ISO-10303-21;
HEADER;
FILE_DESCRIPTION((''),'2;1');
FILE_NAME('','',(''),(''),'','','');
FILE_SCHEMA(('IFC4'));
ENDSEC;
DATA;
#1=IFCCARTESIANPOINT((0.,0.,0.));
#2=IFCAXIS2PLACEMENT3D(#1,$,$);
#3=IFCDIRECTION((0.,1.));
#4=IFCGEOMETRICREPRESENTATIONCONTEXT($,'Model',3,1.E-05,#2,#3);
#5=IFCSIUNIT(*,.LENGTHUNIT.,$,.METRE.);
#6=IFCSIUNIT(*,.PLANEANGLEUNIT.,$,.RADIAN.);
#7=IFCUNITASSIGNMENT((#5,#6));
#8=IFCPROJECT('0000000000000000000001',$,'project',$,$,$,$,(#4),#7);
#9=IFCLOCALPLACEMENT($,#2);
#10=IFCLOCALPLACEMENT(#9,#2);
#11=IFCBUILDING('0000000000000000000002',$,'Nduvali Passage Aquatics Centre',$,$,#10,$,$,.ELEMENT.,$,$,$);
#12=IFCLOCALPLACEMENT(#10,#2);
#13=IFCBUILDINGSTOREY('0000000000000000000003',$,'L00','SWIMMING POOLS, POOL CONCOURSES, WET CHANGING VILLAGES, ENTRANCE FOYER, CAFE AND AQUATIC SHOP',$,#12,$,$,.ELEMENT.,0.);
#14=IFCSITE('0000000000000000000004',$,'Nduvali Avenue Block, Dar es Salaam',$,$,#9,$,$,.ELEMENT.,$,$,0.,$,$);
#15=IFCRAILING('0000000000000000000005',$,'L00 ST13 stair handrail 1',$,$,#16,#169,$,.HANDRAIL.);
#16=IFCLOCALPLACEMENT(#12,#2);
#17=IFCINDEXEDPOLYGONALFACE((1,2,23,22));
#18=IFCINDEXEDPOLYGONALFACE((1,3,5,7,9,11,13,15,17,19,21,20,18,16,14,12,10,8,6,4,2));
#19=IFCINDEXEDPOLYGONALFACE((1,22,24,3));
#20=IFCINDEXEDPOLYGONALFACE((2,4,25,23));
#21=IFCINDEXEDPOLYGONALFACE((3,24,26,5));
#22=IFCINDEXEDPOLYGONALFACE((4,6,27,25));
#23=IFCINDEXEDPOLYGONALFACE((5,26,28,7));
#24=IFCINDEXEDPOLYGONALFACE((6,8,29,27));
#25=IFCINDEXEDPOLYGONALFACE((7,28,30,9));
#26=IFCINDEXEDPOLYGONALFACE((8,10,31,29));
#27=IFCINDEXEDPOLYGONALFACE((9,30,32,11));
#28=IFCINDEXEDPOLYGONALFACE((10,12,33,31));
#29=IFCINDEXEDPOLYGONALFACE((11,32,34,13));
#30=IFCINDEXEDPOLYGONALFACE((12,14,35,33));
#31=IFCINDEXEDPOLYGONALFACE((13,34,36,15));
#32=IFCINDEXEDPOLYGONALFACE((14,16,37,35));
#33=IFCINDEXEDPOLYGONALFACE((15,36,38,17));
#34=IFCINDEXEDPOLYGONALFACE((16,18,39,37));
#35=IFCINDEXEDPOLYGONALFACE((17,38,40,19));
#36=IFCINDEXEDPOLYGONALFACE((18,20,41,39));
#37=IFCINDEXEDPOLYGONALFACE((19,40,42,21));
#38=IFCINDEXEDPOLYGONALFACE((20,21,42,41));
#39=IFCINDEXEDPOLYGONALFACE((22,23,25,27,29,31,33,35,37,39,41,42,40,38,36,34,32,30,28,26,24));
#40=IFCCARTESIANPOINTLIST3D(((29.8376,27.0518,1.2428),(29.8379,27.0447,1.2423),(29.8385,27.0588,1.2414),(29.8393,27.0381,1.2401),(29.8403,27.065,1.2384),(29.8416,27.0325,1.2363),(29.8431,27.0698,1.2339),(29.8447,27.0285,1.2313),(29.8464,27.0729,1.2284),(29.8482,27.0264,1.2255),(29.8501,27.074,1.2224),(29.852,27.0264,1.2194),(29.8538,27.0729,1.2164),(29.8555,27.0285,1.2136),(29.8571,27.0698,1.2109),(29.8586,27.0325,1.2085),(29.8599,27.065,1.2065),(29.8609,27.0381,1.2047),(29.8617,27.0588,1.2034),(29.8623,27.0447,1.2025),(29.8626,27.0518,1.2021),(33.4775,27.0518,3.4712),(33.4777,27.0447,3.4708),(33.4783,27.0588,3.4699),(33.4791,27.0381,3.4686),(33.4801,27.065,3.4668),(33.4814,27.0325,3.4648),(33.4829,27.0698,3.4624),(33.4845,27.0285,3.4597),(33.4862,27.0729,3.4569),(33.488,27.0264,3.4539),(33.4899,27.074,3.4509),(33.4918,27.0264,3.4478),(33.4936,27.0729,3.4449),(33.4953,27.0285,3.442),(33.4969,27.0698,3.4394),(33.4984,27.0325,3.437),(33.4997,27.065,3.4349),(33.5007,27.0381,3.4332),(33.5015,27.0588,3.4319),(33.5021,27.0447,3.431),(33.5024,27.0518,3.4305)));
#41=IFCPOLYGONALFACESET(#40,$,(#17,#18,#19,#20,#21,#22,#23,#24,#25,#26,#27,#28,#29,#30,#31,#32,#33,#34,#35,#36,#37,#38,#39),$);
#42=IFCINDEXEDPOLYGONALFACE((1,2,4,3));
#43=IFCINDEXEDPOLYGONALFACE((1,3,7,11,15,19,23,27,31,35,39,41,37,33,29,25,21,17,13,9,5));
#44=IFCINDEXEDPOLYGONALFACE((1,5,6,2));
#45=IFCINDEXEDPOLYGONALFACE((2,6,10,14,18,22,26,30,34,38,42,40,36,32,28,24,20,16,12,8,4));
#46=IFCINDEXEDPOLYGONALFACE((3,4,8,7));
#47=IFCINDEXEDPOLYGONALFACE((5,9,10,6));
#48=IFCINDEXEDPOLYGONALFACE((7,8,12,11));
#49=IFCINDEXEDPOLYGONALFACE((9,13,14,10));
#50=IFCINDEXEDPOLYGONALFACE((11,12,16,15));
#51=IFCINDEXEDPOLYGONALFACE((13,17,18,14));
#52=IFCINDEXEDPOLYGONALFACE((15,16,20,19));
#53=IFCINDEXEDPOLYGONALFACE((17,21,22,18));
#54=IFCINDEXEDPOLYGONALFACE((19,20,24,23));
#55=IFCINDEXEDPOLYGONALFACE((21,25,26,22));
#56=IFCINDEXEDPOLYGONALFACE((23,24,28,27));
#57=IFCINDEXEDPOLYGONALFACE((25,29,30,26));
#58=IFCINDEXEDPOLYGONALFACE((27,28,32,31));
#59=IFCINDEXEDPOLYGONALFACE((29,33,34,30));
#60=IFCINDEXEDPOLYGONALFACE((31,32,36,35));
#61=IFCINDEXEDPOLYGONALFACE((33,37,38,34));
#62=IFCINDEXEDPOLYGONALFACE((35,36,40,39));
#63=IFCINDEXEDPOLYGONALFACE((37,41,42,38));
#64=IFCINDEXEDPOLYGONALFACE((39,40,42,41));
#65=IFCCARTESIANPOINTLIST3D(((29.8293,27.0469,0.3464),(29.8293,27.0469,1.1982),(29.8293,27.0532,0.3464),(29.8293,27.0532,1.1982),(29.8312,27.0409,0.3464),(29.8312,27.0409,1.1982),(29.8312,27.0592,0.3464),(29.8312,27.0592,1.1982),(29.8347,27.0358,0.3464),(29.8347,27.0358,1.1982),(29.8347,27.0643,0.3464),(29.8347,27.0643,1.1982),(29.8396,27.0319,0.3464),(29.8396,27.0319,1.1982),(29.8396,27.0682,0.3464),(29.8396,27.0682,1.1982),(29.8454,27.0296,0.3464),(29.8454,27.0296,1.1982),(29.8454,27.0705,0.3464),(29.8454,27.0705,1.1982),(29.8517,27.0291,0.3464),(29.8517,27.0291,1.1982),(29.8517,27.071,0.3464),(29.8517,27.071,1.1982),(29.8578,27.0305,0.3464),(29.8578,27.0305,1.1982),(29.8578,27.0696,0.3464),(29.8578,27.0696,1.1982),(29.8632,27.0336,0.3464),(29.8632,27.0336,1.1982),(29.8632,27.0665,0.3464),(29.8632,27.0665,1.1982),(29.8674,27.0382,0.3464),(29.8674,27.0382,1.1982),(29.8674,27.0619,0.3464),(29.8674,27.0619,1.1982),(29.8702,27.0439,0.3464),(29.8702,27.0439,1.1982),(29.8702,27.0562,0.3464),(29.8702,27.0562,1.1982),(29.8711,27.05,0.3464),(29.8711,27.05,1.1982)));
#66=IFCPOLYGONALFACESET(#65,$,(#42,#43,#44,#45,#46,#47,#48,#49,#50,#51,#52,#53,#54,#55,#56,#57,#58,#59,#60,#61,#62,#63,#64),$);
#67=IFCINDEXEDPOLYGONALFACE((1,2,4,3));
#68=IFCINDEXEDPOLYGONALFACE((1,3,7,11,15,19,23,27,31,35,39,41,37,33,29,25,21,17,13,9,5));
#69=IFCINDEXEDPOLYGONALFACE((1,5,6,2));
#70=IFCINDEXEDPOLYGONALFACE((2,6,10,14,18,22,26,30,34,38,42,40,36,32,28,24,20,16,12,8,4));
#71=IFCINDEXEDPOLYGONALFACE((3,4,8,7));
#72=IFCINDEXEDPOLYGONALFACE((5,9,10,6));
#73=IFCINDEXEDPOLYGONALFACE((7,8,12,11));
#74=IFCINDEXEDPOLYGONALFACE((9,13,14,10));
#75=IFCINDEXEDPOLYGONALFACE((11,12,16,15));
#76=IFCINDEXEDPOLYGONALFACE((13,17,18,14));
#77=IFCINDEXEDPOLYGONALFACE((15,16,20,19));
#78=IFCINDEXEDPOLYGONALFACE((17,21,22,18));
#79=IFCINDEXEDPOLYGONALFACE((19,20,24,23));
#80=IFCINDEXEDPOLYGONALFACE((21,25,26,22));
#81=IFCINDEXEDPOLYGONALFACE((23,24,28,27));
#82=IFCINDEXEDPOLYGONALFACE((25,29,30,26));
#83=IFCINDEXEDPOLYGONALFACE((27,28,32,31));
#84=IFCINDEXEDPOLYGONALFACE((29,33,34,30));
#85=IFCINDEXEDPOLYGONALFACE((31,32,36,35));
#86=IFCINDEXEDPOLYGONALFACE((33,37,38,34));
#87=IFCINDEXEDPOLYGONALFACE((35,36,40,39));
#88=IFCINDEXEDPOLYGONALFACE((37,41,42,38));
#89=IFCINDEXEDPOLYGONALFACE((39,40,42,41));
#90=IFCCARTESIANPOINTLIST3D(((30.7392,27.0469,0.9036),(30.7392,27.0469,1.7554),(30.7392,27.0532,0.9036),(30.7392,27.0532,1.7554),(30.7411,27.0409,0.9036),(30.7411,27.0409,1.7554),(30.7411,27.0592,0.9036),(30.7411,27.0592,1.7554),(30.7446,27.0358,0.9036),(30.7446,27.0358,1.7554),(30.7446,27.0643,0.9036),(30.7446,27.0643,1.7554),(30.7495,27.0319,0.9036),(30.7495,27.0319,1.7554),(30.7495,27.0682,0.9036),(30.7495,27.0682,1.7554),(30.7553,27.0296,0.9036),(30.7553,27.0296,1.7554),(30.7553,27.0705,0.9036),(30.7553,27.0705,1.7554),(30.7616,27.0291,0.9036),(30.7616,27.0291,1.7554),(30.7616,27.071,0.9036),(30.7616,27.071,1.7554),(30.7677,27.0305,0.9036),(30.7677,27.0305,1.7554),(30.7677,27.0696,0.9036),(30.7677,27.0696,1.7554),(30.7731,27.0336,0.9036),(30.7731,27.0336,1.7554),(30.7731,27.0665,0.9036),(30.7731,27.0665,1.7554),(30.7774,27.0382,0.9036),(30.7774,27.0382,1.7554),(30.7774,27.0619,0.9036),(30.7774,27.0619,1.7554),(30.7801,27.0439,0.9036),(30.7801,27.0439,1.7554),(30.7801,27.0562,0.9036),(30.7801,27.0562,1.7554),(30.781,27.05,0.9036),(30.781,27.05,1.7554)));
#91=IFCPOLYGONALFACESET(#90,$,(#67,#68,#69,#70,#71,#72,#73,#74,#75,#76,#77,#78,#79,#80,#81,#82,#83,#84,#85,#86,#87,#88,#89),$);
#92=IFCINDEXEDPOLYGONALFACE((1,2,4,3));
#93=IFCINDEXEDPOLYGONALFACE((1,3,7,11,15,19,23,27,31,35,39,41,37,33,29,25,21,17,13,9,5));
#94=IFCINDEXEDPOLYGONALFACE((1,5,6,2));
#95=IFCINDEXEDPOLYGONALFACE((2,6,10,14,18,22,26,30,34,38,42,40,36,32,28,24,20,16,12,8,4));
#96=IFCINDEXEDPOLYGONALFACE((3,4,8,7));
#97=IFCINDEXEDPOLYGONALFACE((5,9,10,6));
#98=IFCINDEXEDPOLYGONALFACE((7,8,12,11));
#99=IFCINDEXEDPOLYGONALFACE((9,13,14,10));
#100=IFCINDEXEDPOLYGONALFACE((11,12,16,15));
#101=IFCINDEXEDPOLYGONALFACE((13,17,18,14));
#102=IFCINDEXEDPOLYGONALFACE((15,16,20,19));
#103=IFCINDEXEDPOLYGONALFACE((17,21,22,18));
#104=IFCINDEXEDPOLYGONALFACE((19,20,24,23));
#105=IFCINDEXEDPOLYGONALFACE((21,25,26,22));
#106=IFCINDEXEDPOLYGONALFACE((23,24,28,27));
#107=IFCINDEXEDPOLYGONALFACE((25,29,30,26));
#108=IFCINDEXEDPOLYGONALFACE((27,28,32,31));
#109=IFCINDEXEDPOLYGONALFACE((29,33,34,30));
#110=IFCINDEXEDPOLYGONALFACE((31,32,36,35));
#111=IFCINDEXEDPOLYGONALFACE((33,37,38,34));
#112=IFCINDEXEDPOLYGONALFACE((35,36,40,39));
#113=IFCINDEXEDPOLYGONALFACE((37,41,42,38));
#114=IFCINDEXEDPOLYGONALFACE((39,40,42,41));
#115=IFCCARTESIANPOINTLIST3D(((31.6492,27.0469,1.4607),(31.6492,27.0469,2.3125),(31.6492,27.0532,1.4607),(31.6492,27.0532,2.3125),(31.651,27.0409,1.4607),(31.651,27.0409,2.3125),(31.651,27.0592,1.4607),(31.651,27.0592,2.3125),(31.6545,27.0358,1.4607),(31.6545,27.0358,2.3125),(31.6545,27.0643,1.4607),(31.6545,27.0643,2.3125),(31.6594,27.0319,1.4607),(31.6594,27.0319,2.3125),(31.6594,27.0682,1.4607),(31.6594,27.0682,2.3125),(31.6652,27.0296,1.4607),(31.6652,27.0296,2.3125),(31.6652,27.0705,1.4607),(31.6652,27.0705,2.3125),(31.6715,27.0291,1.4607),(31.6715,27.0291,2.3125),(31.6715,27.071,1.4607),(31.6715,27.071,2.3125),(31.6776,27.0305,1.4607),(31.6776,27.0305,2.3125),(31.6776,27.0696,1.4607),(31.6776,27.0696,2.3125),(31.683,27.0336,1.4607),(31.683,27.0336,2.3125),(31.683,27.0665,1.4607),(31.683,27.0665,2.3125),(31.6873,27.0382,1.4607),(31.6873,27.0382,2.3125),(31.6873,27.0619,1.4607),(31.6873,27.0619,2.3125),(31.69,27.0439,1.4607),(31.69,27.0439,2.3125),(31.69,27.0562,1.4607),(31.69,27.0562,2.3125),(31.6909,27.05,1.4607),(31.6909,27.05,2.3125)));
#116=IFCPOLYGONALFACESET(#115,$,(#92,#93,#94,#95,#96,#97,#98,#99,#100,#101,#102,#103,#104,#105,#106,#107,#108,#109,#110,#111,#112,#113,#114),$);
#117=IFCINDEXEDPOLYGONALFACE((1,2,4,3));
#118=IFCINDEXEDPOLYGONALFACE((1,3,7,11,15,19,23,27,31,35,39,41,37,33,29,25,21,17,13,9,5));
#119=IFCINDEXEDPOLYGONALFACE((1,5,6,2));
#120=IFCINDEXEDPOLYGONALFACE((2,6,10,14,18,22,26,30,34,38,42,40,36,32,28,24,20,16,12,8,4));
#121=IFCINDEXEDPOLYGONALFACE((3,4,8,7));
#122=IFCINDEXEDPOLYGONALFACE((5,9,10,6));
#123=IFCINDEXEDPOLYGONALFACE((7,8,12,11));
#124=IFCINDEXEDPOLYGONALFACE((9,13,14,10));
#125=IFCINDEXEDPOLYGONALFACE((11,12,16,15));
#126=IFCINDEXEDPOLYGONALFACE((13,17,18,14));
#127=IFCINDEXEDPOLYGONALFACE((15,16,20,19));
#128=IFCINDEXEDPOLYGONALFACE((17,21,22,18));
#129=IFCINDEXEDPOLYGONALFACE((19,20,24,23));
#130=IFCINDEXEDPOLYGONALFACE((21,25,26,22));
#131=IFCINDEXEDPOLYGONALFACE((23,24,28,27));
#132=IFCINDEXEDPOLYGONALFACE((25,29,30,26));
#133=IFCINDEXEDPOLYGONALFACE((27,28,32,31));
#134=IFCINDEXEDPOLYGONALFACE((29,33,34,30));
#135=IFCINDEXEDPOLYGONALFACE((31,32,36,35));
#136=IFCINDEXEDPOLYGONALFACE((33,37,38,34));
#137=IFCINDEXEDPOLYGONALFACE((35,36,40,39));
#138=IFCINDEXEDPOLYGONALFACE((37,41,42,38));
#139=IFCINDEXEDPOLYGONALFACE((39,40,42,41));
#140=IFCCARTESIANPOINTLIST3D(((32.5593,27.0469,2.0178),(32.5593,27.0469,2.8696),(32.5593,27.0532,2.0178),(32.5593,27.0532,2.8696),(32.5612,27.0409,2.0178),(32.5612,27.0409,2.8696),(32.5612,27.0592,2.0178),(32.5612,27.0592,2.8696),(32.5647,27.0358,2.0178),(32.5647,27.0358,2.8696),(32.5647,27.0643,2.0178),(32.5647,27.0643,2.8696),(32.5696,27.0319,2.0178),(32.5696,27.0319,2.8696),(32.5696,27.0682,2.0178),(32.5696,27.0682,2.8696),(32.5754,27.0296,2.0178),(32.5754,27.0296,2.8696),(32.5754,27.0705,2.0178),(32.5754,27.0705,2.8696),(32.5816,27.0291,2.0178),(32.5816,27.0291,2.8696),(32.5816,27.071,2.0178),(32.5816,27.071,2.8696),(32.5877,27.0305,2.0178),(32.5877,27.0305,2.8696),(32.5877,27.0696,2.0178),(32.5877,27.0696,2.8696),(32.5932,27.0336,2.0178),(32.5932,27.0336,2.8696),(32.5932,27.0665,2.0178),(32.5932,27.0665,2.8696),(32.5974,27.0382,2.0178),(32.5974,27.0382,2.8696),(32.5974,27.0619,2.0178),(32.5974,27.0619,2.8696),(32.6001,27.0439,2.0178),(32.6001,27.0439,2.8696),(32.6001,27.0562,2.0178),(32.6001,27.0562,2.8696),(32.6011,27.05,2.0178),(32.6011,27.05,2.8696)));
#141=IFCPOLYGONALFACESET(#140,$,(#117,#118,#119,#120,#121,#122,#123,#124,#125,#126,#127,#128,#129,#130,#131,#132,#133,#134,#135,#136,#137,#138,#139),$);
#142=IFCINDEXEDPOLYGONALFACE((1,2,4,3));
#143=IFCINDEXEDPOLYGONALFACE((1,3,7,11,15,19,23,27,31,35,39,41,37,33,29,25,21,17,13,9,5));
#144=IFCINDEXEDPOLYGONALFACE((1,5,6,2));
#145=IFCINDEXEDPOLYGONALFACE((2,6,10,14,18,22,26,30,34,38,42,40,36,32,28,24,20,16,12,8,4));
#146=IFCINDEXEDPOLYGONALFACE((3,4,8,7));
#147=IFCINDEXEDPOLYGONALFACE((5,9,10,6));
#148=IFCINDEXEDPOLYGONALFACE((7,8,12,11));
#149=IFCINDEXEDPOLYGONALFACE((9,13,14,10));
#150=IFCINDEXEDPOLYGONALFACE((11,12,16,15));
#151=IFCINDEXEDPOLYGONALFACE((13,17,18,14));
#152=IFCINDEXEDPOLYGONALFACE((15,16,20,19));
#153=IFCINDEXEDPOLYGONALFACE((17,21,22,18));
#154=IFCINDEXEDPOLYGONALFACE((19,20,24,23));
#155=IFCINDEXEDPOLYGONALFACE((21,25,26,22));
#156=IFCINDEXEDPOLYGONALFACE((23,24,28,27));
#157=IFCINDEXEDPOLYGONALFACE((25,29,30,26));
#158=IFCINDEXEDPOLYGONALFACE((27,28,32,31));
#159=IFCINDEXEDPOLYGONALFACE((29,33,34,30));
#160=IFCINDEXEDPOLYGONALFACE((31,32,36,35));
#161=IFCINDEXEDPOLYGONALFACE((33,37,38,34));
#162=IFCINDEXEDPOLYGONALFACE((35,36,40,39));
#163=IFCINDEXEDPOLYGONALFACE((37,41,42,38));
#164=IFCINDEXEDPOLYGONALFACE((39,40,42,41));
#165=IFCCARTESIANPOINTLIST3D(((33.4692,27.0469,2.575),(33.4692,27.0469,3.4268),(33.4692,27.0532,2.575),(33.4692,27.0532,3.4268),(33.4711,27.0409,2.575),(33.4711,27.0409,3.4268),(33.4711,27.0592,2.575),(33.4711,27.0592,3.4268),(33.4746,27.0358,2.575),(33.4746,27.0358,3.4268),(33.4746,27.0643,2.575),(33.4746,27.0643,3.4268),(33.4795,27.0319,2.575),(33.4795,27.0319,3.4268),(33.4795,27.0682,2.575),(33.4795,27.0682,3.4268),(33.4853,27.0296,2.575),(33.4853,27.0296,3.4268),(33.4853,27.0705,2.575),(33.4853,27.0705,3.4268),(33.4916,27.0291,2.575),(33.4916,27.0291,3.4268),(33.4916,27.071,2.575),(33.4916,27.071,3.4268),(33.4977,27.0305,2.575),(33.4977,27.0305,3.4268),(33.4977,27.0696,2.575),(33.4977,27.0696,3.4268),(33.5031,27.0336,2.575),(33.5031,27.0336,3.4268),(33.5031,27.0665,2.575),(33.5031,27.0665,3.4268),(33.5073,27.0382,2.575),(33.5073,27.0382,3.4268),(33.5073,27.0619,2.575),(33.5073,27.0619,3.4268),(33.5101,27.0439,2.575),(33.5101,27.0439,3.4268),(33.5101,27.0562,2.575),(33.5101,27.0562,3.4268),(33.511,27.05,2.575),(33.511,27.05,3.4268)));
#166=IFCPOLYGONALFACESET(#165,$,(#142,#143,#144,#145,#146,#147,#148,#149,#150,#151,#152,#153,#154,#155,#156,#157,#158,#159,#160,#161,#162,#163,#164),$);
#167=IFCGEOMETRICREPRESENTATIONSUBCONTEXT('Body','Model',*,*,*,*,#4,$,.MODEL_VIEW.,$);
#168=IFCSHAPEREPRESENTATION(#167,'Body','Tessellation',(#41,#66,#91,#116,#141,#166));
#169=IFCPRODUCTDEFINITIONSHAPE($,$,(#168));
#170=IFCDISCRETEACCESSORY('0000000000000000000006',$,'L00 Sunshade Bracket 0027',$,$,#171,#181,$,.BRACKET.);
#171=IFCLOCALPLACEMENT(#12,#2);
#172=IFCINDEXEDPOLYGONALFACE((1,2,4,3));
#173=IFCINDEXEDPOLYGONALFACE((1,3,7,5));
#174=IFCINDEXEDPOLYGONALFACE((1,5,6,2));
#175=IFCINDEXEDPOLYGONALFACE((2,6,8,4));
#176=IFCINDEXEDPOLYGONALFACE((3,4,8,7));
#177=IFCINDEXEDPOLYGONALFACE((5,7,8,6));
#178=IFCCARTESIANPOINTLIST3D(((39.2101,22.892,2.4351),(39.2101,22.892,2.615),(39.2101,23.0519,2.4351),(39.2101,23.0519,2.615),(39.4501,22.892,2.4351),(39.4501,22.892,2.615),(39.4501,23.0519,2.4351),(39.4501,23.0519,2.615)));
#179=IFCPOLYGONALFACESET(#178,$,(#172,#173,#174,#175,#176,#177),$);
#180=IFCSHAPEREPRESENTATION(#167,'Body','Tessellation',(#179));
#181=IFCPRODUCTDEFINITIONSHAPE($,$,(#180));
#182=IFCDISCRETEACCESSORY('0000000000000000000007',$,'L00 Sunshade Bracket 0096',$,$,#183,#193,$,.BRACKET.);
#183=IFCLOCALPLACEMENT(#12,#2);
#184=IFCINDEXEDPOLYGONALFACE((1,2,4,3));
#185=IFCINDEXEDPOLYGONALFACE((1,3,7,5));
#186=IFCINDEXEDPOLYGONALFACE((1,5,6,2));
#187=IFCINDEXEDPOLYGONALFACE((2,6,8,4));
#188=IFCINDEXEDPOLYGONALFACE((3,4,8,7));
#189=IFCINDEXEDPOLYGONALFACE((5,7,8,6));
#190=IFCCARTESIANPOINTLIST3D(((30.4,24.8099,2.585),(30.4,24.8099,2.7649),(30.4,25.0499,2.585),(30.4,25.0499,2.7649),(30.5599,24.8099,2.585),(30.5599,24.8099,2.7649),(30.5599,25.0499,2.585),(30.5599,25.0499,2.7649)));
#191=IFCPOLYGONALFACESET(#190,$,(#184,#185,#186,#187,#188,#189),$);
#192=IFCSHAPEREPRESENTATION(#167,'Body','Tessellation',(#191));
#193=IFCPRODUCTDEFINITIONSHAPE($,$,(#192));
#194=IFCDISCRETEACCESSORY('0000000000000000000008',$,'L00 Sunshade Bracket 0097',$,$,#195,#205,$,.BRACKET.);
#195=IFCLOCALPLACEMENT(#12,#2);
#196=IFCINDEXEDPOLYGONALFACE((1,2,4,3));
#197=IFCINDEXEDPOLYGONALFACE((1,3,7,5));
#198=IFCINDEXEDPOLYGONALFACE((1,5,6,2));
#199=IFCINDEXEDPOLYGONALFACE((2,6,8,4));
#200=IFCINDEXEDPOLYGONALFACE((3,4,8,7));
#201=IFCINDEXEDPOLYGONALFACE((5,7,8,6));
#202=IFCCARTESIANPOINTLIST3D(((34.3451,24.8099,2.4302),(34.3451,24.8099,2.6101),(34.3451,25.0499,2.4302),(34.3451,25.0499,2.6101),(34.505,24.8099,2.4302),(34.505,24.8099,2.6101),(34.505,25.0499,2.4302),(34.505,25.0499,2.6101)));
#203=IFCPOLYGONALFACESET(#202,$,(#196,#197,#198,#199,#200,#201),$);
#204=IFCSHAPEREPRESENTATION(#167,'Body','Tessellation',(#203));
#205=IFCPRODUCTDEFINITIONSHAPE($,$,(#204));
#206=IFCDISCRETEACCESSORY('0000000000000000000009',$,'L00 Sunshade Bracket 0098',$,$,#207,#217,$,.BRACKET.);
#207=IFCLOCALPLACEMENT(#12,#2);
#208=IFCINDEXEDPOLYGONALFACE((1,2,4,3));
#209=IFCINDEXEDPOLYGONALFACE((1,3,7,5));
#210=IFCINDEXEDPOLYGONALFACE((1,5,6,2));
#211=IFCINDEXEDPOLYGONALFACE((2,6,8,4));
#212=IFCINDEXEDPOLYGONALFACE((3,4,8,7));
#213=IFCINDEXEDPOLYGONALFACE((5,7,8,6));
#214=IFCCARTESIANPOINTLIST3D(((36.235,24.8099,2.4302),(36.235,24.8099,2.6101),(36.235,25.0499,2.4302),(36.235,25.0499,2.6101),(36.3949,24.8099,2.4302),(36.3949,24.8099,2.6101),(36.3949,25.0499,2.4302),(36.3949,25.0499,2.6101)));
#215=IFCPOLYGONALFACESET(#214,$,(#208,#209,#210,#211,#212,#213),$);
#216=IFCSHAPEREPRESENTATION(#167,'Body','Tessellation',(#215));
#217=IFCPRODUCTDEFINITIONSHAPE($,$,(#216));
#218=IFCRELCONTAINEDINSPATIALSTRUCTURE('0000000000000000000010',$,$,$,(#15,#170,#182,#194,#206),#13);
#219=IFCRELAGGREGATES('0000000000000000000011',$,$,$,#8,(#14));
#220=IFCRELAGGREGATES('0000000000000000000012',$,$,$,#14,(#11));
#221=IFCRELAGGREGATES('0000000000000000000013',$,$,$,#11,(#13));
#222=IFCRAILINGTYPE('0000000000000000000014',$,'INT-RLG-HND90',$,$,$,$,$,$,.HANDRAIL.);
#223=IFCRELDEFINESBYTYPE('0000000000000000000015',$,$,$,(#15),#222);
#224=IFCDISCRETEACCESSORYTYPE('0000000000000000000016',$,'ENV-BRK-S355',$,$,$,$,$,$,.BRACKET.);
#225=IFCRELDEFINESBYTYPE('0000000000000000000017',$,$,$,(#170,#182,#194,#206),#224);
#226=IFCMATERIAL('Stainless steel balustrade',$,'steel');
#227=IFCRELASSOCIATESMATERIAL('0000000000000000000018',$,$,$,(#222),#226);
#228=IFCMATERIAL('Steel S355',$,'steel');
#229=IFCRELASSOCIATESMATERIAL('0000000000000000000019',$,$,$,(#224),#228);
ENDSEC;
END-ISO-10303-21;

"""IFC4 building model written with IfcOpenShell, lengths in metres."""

from ifc_helpers import new_model, si_unit, direction, frame, origin, origin_2d, place, context, subcontext, project, spatial, rectangle, circle, extrude, material, type_object, element, save


model = new_model("IFC4")

# Units and contexts
model_context = context("Model", 3, precision=1e-05, world=origin(), true_north=direction((0.0, 1.0)))
body_context = subcontext(model_context, "Body", "Model", "MODEL_VIEW")
ifc_project = project(units=[si_unit("LENGTHUNIT", "METRE"), si_unit("PLANEANGLEUNIT", "RADIAN")], contexts=[model_context])

# Site, building, storey
site_placement = place(None, origin())
site = spatial("IfcSite", under=ifc_project, at=site_placement, Name="Nduvali Avenue Block, Dar es Salaam", CompositionType="ELEMENT", RefElevation=0.0)
building_placement = place(site_placement, origin())
building = spatial("IfcBuilding", under=site, at=building_placement, Name="Nduvali Passage Aquatics Centre", CompositionType="ELEMENT")
storey_placement = place(building_placement, origin())
storey = spatial("IfcBuildingStorey", under=building, at=storey_placement, Name="L00", Description="SWIMMING POOLS, POOL CONCOURSES, WET CHANGING VILLAGES, ENTRANCE FOYER, CAFE AND AQUATIC SHOP", CompositionType="ELEMENT", Elevation=0.0)

# Railing
ifc_material_1 = material(Name="Stainless steel balustrade", Category="steel")
railing_type_1 = type_object("IfcRailingType", Name="INT-RLG-HND90", PredefinedType="HANDRAIL", material=ifc_material_1)
railing_1_placement = place(storey_placement, frame((29.8501, 27.05, 0.3464)))
element("IfcRailing", 1, at=railing_1_placement, inside=storey, type_object=railing_type_1, Name="L00 ST13 stair handrail 1", PredefinedType="HANDRAIL", context=body_context, shape_type="SweptSolid", body=[
    extrude(circle(Radius=0.0239, at=origin_2d()), frame((0.0, 0.0, 0.876), z_axis=(0.85285, 0.0, 0.522156), x_axis=(0.0, 1.0, 0.0)), (0.0, 0.0, 1.0), 4.2678),
    extrude(circle(Radius=0.021, at=origin_2d()), origin(), (0.0, 0.0, 1.0), 0.8518),
    extrude(circle(Radius=0.021, at=origin_2d()), frame((0.9099, 0.0, 0.5571)), (0.0, 0.0, 1.0), 0.8518),
    extrude(circle(Radius=0.021, at=origin_2d()), frame((1.8198, 0.0, 1.1143)), (0.0, 0.0, 1.0), 0.8518),
    extrude(circle(Radius=0.021, at=origin_2d()), frame((2.73, 0.0, 1.6714)), (0.0, 0.0, 1.0), 0.8518),
    extrude(circle(Radius=0.021, at=origin_2d()), frame((3.6399, 0.0, 2.2285)), (0.0, 0.0, 1.0), 0.8518),
])

# Discrete accessories
ifc_material_2 = material(Name="Steel S355", Category="steel")
discrete_accessory_type = type_object("IfcDiscreteAccessoryType", Name="ENV-BRK-S355", PredefinedType="BRACKET", material=ifc_material_2)
for number, where, z_axis, x_axis, name in (
    (2, (39.3301, 22.9719, 2.4351), (0.0, 0.0, 1.0), (0.0, -1.0, 0.0), "L00 Sunshade Bracket 0027"),
    (3, (30.48, 24.9299, 2.585), (0.0, 0.0, 1.0), (1.0, 0.0, 0.0), "L00 Sunshade Bracket 0096"),
    (4, (34.425, 24.9299, 2.4302), (0.0, 0.0, 1.0), (1.0, 0.0, 0.0), "L00 Sunshade Bracket 0097"),
    (5, (36.3149, 24.9299, 2.4302), (0.0, 0.0, 1.0), (1.0, 0.0, 0.0), "L00 Sunshade Bracket 0098"),
):
    element("IfcDiscreteAccessory", number, at=place(storey_placement, frame(where, z_axis=z_axis, x_axis=x_axis)), inside=storey, type_object=discrete_accessory_type, Name=name, PredefinedType="BRACKET", context=body_context, shape_type="SweptSolid", body=[
        extrude(rectangle(XDim=0.1599, YDim=0.24, at=origin_2d()), origin(), (0.0, 0.0, 1.0), 0.1799),
    ])

save(model, "model.ifc")
